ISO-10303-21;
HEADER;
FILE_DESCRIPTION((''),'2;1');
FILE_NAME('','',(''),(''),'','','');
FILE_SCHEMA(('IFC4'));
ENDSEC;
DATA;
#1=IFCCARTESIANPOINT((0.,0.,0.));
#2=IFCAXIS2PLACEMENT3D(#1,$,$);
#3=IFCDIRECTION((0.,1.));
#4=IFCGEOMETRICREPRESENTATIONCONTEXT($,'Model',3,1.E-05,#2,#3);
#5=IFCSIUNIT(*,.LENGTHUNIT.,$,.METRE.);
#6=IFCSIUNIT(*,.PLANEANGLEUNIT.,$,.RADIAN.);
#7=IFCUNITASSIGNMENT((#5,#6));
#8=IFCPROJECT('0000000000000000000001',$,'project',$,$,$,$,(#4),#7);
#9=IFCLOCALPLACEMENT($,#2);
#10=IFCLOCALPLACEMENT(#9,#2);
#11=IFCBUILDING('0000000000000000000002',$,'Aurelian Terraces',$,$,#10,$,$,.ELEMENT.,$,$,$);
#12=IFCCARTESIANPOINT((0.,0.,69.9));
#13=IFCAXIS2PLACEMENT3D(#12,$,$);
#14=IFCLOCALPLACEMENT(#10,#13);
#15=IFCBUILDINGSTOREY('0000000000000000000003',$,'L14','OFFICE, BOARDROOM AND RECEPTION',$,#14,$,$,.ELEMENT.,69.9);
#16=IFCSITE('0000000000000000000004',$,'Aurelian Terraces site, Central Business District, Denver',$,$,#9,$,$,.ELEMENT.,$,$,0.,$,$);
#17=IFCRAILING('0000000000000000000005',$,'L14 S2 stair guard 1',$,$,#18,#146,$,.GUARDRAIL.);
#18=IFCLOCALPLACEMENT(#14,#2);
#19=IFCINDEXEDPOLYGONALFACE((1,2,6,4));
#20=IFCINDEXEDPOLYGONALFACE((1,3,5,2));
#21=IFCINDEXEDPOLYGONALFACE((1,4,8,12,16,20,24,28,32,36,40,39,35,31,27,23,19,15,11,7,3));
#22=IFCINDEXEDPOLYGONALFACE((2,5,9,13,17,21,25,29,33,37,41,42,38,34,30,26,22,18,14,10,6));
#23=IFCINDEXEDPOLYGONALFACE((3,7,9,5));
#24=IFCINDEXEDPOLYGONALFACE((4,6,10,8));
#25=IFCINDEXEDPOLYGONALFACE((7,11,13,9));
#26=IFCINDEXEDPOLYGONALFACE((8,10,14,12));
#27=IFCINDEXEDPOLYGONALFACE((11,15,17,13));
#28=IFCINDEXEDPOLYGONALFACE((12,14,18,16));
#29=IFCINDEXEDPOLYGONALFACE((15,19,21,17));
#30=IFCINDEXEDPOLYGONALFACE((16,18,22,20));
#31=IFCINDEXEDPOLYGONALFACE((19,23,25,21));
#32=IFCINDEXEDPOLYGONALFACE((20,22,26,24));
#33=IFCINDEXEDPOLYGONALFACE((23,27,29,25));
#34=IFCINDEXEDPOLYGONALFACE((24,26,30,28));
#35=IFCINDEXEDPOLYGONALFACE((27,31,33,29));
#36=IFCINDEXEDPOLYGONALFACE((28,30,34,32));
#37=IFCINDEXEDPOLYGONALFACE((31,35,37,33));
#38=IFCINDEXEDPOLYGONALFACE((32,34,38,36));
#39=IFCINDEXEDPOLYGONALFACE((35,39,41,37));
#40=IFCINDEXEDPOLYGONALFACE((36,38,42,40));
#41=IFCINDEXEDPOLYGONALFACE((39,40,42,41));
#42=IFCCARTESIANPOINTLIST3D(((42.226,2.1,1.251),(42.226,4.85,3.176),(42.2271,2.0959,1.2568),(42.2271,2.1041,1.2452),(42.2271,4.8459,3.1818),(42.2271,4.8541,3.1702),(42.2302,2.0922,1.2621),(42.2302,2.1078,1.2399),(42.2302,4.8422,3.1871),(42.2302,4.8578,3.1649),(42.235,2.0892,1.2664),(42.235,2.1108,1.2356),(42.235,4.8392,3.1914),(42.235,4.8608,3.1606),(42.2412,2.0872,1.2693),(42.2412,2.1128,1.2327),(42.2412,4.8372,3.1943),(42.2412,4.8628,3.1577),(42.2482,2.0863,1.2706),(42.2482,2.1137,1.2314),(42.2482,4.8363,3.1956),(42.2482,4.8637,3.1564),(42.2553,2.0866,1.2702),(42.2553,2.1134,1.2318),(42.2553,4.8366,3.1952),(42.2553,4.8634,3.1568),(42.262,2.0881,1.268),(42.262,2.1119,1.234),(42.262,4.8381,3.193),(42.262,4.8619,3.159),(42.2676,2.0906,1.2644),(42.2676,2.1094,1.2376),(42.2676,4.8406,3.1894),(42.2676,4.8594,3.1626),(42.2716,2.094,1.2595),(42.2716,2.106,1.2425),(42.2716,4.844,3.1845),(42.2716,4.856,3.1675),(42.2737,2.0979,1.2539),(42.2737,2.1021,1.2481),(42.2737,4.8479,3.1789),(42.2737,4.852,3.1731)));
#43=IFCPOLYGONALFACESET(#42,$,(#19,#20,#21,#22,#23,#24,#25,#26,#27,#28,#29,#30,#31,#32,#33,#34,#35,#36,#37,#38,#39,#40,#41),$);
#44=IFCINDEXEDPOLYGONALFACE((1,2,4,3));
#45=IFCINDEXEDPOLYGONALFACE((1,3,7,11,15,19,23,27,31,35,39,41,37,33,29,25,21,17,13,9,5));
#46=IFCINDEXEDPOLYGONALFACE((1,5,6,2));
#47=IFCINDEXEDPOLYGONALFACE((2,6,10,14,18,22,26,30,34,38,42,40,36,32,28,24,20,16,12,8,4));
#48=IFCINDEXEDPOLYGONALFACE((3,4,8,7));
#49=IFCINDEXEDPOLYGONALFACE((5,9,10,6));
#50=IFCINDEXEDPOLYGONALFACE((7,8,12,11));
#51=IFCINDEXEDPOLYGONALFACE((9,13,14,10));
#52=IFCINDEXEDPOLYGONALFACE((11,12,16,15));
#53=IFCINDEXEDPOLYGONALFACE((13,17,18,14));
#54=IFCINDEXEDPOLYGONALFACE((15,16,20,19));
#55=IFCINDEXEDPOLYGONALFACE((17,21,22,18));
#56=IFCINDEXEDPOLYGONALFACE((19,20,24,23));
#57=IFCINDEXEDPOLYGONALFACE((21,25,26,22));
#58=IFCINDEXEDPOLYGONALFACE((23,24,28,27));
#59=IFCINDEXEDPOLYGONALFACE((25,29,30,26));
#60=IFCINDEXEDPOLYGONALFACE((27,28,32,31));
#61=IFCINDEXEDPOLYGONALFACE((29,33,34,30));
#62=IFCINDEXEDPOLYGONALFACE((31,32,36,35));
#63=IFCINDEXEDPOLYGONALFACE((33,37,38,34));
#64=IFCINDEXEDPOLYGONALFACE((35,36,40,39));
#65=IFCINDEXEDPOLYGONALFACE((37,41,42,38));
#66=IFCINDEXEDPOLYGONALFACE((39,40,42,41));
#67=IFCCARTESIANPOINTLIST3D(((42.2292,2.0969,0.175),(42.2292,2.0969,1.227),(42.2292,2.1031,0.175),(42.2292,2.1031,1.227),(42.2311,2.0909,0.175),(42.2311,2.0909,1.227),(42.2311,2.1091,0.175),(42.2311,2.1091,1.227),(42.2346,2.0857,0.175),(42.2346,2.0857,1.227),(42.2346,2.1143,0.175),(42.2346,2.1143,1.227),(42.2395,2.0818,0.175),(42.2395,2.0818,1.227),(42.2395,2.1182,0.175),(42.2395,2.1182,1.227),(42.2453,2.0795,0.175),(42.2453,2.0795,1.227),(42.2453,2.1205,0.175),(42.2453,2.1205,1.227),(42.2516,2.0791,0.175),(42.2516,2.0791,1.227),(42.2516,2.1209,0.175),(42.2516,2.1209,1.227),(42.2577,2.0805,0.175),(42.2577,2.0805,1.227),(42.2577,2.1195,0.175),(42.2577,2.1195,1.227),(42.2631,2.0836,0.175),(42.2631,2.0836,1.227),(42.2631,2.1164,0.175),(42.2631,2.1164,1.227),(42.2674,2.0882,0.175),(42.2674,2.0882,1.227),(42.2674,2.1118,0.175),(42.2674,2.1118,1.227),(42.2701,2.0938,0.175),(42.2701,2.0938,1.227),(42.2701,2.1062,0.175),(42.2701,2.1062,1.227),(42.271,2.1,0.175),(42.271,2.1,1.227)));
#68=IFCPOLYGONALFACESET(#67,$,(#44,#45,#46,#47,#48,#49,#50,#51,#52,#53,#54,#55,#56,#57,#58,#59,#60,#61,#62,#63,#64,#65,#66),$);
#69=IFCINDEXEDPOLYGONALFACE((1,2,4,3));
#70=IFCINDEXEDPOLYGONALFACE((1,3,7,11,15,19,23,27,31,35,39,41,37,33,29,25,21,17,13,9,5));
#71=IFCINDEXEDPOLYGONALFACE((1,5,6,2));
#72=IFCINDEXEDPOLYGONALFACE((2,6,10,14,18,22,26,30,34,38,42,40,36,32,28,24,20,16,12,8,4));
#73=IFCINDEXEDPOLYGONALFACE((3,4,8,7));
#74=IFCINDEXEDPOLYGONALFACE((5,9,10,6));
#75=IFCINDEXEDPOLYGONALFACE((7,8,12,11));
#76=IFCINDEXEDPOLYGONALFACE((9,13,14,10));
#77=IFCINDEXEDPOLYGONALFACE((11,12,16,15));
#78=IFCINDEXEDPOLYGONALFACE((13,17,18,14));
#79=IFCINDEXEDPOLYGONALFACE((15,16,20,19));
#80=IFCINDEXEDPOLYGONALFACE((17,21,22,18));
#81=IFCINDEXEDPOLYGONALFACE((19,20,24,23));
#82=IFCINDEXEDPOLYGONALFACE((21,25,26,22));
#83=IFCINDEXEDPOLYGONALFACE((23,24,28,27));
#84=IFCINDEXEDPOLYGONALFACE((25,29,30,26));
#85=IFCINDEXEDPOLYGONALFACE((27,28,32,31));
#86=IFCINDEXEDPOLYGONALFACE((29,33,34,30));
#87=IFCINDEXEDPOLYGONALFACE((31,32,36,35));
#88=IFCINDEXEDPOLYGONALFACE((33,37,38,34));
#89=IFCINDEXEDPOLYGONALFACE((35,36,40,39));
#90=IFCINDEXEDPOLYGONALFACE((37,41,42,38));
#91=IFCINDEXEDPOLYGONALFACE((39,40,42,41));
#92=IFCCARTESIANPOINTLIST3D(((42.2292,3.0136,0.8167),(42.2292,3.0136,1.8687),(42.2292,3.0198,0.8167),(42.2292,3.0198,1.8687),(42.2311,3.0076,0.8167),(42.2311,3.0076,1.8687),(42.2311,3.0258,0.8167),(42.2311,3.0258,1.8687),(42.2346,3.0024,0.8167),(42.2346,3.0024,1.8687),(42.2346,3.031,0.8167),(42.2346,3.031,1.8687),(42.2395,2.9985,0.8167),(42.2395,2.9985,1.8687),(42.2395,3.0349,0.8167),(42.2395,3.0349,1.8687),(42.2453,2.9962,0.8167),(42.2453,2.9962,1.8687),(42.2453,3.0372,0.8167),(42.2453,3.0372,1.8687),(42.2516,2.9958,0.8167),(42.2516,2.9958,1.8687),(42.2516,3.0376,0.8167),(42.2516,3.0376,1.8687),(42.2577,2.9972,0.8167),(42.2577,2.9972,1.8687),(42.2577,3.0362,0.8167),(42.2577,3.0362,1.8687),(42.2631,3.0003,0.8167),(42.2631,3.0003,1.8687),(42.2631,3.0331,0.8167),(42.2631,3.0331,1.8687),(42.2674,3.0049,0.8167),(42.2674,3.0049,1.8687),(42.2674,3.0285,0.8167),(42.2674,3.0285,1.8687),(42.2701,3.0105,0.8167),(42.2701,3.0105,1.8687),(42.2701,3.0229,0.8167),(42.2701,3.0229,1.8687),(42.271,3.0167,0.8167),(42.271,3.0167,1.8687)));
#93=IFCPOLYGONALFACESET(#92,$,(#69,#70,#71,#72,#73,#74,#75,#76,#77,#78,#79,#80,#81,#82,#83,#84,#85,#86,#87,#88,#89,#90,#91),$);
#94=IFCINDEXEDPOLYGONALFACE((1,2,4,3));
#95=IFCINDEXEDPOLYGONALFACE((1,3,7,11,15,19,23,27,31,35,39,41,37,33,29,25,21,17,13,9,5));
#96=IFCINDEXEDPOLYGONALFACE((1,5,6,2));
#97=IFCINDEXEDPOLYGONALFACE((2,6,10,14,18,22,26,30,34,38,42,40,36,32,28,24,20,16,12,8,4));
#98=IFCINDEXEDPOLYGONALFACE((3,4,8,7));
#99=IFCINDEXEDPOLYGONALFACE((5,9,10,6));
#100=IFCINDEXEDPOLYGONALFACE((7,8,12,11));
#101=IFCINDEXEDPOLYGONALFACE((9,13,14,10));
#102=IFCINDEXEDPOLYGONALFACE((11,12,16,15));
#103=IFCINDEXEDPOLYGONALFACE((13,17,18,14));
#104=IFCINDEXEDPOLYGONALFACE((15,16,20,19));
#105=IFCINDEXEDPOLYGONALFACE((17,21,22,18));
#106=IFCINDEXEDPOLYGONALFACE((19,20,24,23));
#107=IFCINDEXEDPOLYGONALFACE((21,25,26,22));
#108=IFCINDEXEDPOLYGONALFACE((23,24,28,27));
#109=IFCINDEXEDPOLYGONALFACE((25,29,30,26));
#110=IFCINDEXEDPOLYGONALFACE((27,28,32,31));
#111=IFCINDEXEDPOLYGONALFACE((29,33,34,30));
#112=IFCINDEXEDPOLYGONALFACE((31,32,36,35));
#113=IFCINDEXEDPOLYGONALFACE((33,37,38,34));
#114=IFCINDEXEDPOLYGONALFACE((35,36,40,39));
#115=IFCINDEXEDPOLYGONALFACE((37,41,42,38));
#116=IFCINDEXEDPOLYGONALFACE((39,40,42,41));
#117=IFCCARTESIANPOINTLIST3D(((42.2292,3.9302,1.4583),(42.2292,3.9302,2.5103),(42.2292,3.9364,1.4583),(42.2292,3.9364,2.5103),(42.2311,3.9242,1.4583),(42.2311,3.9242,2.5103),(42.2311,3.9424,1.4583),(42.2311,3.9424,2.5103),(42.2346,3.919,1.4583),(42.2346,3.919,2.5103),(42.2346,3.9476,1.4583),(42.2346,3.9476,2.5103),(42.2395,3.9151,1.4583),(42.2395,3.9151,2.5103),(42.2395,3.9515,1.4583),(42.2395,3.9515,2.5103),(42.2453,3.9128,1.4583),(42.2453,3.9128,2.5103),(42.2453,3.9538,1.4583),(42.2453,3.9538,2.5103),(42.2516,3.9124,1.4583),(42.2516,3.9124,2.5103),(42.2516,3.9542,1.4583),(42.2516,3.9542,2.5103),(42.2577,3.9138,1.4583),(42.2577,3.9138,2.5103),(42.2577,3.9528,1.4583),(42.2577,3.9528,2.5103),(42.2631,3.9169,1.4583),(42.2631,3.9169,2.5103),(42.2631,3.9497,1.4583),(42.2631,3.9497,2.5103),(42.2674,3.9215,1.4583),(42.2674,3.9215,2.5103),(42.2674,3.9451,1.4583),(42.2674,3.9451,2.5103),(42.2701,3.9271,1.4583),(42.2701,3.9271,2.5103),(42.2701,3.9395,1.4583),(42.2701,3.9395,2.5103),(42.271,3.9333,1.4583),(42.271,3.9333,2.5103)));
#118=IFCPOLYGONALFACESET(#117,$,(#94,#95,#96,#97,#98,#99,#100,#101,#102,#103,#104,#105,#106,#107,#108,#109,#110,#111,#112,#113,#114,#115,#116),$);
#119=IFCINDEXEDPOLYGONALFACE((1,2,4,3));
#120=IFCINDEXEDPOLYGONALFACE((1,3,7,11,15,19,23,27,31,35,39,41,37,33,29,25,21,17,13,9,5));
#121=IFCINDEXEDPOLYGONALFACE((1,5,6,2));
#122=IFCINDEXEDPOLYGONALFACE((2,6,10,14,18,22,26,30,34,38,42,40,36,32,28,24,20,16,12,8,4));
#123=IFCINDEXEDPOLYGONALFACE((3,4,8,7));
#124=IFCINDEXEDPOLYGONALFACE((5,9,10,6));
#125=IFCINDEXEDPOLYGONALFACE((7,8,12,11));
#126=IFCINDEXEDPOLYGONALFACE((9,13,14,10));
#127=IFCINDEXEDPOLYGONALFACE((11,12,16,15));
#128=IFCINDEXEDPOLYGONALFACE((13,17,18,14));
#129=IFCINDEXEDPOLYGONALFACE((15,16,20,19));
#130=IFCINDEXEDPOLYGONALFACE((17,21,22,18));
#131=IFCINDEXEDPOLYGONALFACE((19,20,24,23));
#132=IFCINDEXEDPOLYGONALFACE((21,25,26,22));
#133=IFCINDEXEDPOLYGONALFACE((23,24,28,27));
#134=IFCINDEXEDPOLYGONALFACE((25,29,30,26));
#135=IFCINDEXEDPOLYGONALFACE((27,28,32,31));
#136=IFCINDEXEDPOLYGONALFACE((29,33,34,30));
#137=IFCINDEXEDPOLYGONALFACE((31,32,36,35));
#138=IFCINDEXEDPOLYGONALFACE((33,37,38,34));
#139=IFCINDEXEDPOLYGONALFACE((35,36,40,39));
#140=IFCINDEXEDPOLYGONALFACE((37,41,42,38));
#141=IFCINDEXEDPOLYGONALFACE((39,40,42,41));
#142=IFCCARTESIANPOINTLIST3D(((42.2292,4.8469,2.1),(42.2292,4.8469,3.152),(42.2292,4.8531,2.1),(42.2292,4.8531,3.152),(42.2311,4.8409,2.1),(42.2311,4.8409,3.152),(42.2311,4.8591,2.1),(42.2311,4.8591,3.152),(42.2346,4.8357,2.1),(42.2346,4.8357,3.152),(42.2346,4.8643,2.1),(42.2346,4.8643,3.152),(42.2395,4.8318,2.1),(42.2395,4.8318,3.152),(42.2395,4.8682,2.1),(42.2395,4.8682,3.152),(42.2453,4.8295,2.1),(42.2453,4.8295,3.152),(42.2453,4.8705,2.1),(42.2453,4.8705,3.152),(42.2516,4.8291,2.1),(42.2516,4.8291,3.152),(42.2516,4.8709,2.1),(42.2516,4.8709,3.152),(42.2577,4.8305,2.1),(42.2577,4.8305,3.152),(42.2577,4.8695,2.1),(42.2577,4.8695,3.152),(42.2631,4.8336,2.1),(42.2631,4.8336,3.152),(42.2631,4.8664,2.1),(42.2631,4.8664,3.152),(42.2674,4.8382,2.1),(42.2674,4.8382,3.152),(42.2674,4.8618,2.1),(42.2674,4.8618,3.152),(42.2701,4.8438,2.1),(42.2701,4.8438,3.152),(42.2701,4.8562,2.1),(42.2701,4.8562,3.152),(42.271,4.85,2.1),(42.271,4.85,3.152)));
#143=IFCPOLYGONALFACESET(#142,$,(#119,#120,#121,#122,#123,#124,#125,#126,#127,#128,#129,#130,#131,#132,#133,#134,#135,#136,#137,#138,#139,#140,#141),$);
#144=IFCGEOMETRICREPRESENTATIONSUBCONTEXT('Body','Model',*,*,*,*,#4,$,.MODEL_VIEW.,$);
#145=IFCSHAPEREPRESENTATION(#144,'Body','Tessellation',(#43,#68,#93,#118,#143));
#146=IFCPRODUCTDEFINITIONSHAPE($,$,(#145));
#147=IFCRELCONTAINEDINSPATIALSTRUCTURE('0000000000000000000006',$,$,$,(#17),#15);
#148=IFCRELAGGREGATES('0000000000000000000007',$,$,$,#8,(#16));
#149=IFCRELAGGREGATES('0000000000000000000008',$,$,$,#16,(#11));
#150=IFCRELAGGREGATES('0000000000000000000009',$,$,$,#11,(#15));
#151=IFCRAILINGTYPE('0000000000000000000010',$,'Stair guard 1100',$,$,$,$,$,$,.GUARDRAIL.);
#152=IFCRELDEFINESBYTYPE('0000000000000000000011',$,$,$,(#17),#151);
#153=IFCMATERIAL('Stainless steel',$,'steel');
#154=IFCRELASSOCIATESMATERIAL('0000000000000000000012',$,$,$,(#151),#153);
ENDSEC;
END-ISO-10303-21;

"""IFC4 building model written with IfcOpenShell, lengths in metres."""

from ifc_helpers import new_model, si_unit, direction, frame, origin, origin_2d, place, context, subcontext, project, spatial, circle, extrude, source, transform, mapped, material, type_object, element, save


model = new_model("IFC4")

# Units and contexts
model_context = context("Model", 3, precision=1e-05, world=origin(), true_north=direction((0.0, 1.0)))
body_context = subcontext(model_context, "Body", "Model", "MODEL_VIEW")
ifc_project = project(units=[si_unit("LENGTHUNIT", "METRE"), si_unit("PLANEANGLEUNIT", "RADIAN")], contexts=[model_context])

# Site, building, storey
site_placement = place(None, origin())
site = spatial("IfcSite", under=ifc_project, at=site_placement, Name="Aurelian Terraces site, Central Business District, Denver", CompositionType="ELEMENT", RefElevation=0.0)
building_placement = place(site_placement, origin())
building = spatial("IfcBuilding", under=site, at=building_placement, Name="Aurelian Terraces", CompositionType="ELEMENT")
storey_placement = place(building_placement, frame((0.0, 0.0, 69.9)))
storey = spatial("IfcBuildingStorey", under=building, at=storey_placement, Name="L14", Description="OFFICE, BOARDROOM AND RECEPTION", CompositionType="ELEMENT", Elevation=69.9)

# Railing
ifc_material_1 = material(Name="Stainless steel", Category="steel")
railing_type_1 = type_object("IfcRailingType", Name="Stair guard 1100", PredefinedType="GUARDRAIL", material=ifc_material_1)
shared_shape_1 = source(origin(), body_context, "Body", "SweptSolid", [
    extrude(circle(Radius=0.024, at=origin_2d()), frame((0.0, 0.0, 1.076), z_axis=(0.0, 0.819232, 0.573462), x_axis=(-1.0, 0.0, 0.0)), (0.0, 0.0, 1.0), 3.3568),
    extrude(circle(Radius=0.021, at=origin_2d()), origin(), (0.0, 0.0, 1.0), 1.052),
    extrude(circle(Radius=0.021, at=origin_2d()), frame((0.0, 0.9167, 0.6417)), (0.0, 0.0, 1.0), 1.052),
    extrude(circle(Radius=0.021, at=origin_2d()), frame((0.0, 1.8333, 1.2833)), (0.0, 0.0, 1.0), 1.052),
    extrude(circle(Radius=0.021, at=origin_2d()), frame((0.0, 2.75, 1.925)), (0.0, 0.0, 1.0), 1.052),
])
railing_1_placement = place(storey_placement, frame((42.25, 2.1, 0.175)))
element("IfcRailing", 1, at=railing_1_placement, inside=storey, type_object=railing_type_1, Name="L14 S2 stair guard 1", PredefinedType="GUARDRAIL", context=body_context, shape_type="MappedRepresentation", body=[
    mapped(shared_shape_1, transform((0.0, 0.0, 0.0), scale=1.0)),
])

save(model, "model.ifc")
